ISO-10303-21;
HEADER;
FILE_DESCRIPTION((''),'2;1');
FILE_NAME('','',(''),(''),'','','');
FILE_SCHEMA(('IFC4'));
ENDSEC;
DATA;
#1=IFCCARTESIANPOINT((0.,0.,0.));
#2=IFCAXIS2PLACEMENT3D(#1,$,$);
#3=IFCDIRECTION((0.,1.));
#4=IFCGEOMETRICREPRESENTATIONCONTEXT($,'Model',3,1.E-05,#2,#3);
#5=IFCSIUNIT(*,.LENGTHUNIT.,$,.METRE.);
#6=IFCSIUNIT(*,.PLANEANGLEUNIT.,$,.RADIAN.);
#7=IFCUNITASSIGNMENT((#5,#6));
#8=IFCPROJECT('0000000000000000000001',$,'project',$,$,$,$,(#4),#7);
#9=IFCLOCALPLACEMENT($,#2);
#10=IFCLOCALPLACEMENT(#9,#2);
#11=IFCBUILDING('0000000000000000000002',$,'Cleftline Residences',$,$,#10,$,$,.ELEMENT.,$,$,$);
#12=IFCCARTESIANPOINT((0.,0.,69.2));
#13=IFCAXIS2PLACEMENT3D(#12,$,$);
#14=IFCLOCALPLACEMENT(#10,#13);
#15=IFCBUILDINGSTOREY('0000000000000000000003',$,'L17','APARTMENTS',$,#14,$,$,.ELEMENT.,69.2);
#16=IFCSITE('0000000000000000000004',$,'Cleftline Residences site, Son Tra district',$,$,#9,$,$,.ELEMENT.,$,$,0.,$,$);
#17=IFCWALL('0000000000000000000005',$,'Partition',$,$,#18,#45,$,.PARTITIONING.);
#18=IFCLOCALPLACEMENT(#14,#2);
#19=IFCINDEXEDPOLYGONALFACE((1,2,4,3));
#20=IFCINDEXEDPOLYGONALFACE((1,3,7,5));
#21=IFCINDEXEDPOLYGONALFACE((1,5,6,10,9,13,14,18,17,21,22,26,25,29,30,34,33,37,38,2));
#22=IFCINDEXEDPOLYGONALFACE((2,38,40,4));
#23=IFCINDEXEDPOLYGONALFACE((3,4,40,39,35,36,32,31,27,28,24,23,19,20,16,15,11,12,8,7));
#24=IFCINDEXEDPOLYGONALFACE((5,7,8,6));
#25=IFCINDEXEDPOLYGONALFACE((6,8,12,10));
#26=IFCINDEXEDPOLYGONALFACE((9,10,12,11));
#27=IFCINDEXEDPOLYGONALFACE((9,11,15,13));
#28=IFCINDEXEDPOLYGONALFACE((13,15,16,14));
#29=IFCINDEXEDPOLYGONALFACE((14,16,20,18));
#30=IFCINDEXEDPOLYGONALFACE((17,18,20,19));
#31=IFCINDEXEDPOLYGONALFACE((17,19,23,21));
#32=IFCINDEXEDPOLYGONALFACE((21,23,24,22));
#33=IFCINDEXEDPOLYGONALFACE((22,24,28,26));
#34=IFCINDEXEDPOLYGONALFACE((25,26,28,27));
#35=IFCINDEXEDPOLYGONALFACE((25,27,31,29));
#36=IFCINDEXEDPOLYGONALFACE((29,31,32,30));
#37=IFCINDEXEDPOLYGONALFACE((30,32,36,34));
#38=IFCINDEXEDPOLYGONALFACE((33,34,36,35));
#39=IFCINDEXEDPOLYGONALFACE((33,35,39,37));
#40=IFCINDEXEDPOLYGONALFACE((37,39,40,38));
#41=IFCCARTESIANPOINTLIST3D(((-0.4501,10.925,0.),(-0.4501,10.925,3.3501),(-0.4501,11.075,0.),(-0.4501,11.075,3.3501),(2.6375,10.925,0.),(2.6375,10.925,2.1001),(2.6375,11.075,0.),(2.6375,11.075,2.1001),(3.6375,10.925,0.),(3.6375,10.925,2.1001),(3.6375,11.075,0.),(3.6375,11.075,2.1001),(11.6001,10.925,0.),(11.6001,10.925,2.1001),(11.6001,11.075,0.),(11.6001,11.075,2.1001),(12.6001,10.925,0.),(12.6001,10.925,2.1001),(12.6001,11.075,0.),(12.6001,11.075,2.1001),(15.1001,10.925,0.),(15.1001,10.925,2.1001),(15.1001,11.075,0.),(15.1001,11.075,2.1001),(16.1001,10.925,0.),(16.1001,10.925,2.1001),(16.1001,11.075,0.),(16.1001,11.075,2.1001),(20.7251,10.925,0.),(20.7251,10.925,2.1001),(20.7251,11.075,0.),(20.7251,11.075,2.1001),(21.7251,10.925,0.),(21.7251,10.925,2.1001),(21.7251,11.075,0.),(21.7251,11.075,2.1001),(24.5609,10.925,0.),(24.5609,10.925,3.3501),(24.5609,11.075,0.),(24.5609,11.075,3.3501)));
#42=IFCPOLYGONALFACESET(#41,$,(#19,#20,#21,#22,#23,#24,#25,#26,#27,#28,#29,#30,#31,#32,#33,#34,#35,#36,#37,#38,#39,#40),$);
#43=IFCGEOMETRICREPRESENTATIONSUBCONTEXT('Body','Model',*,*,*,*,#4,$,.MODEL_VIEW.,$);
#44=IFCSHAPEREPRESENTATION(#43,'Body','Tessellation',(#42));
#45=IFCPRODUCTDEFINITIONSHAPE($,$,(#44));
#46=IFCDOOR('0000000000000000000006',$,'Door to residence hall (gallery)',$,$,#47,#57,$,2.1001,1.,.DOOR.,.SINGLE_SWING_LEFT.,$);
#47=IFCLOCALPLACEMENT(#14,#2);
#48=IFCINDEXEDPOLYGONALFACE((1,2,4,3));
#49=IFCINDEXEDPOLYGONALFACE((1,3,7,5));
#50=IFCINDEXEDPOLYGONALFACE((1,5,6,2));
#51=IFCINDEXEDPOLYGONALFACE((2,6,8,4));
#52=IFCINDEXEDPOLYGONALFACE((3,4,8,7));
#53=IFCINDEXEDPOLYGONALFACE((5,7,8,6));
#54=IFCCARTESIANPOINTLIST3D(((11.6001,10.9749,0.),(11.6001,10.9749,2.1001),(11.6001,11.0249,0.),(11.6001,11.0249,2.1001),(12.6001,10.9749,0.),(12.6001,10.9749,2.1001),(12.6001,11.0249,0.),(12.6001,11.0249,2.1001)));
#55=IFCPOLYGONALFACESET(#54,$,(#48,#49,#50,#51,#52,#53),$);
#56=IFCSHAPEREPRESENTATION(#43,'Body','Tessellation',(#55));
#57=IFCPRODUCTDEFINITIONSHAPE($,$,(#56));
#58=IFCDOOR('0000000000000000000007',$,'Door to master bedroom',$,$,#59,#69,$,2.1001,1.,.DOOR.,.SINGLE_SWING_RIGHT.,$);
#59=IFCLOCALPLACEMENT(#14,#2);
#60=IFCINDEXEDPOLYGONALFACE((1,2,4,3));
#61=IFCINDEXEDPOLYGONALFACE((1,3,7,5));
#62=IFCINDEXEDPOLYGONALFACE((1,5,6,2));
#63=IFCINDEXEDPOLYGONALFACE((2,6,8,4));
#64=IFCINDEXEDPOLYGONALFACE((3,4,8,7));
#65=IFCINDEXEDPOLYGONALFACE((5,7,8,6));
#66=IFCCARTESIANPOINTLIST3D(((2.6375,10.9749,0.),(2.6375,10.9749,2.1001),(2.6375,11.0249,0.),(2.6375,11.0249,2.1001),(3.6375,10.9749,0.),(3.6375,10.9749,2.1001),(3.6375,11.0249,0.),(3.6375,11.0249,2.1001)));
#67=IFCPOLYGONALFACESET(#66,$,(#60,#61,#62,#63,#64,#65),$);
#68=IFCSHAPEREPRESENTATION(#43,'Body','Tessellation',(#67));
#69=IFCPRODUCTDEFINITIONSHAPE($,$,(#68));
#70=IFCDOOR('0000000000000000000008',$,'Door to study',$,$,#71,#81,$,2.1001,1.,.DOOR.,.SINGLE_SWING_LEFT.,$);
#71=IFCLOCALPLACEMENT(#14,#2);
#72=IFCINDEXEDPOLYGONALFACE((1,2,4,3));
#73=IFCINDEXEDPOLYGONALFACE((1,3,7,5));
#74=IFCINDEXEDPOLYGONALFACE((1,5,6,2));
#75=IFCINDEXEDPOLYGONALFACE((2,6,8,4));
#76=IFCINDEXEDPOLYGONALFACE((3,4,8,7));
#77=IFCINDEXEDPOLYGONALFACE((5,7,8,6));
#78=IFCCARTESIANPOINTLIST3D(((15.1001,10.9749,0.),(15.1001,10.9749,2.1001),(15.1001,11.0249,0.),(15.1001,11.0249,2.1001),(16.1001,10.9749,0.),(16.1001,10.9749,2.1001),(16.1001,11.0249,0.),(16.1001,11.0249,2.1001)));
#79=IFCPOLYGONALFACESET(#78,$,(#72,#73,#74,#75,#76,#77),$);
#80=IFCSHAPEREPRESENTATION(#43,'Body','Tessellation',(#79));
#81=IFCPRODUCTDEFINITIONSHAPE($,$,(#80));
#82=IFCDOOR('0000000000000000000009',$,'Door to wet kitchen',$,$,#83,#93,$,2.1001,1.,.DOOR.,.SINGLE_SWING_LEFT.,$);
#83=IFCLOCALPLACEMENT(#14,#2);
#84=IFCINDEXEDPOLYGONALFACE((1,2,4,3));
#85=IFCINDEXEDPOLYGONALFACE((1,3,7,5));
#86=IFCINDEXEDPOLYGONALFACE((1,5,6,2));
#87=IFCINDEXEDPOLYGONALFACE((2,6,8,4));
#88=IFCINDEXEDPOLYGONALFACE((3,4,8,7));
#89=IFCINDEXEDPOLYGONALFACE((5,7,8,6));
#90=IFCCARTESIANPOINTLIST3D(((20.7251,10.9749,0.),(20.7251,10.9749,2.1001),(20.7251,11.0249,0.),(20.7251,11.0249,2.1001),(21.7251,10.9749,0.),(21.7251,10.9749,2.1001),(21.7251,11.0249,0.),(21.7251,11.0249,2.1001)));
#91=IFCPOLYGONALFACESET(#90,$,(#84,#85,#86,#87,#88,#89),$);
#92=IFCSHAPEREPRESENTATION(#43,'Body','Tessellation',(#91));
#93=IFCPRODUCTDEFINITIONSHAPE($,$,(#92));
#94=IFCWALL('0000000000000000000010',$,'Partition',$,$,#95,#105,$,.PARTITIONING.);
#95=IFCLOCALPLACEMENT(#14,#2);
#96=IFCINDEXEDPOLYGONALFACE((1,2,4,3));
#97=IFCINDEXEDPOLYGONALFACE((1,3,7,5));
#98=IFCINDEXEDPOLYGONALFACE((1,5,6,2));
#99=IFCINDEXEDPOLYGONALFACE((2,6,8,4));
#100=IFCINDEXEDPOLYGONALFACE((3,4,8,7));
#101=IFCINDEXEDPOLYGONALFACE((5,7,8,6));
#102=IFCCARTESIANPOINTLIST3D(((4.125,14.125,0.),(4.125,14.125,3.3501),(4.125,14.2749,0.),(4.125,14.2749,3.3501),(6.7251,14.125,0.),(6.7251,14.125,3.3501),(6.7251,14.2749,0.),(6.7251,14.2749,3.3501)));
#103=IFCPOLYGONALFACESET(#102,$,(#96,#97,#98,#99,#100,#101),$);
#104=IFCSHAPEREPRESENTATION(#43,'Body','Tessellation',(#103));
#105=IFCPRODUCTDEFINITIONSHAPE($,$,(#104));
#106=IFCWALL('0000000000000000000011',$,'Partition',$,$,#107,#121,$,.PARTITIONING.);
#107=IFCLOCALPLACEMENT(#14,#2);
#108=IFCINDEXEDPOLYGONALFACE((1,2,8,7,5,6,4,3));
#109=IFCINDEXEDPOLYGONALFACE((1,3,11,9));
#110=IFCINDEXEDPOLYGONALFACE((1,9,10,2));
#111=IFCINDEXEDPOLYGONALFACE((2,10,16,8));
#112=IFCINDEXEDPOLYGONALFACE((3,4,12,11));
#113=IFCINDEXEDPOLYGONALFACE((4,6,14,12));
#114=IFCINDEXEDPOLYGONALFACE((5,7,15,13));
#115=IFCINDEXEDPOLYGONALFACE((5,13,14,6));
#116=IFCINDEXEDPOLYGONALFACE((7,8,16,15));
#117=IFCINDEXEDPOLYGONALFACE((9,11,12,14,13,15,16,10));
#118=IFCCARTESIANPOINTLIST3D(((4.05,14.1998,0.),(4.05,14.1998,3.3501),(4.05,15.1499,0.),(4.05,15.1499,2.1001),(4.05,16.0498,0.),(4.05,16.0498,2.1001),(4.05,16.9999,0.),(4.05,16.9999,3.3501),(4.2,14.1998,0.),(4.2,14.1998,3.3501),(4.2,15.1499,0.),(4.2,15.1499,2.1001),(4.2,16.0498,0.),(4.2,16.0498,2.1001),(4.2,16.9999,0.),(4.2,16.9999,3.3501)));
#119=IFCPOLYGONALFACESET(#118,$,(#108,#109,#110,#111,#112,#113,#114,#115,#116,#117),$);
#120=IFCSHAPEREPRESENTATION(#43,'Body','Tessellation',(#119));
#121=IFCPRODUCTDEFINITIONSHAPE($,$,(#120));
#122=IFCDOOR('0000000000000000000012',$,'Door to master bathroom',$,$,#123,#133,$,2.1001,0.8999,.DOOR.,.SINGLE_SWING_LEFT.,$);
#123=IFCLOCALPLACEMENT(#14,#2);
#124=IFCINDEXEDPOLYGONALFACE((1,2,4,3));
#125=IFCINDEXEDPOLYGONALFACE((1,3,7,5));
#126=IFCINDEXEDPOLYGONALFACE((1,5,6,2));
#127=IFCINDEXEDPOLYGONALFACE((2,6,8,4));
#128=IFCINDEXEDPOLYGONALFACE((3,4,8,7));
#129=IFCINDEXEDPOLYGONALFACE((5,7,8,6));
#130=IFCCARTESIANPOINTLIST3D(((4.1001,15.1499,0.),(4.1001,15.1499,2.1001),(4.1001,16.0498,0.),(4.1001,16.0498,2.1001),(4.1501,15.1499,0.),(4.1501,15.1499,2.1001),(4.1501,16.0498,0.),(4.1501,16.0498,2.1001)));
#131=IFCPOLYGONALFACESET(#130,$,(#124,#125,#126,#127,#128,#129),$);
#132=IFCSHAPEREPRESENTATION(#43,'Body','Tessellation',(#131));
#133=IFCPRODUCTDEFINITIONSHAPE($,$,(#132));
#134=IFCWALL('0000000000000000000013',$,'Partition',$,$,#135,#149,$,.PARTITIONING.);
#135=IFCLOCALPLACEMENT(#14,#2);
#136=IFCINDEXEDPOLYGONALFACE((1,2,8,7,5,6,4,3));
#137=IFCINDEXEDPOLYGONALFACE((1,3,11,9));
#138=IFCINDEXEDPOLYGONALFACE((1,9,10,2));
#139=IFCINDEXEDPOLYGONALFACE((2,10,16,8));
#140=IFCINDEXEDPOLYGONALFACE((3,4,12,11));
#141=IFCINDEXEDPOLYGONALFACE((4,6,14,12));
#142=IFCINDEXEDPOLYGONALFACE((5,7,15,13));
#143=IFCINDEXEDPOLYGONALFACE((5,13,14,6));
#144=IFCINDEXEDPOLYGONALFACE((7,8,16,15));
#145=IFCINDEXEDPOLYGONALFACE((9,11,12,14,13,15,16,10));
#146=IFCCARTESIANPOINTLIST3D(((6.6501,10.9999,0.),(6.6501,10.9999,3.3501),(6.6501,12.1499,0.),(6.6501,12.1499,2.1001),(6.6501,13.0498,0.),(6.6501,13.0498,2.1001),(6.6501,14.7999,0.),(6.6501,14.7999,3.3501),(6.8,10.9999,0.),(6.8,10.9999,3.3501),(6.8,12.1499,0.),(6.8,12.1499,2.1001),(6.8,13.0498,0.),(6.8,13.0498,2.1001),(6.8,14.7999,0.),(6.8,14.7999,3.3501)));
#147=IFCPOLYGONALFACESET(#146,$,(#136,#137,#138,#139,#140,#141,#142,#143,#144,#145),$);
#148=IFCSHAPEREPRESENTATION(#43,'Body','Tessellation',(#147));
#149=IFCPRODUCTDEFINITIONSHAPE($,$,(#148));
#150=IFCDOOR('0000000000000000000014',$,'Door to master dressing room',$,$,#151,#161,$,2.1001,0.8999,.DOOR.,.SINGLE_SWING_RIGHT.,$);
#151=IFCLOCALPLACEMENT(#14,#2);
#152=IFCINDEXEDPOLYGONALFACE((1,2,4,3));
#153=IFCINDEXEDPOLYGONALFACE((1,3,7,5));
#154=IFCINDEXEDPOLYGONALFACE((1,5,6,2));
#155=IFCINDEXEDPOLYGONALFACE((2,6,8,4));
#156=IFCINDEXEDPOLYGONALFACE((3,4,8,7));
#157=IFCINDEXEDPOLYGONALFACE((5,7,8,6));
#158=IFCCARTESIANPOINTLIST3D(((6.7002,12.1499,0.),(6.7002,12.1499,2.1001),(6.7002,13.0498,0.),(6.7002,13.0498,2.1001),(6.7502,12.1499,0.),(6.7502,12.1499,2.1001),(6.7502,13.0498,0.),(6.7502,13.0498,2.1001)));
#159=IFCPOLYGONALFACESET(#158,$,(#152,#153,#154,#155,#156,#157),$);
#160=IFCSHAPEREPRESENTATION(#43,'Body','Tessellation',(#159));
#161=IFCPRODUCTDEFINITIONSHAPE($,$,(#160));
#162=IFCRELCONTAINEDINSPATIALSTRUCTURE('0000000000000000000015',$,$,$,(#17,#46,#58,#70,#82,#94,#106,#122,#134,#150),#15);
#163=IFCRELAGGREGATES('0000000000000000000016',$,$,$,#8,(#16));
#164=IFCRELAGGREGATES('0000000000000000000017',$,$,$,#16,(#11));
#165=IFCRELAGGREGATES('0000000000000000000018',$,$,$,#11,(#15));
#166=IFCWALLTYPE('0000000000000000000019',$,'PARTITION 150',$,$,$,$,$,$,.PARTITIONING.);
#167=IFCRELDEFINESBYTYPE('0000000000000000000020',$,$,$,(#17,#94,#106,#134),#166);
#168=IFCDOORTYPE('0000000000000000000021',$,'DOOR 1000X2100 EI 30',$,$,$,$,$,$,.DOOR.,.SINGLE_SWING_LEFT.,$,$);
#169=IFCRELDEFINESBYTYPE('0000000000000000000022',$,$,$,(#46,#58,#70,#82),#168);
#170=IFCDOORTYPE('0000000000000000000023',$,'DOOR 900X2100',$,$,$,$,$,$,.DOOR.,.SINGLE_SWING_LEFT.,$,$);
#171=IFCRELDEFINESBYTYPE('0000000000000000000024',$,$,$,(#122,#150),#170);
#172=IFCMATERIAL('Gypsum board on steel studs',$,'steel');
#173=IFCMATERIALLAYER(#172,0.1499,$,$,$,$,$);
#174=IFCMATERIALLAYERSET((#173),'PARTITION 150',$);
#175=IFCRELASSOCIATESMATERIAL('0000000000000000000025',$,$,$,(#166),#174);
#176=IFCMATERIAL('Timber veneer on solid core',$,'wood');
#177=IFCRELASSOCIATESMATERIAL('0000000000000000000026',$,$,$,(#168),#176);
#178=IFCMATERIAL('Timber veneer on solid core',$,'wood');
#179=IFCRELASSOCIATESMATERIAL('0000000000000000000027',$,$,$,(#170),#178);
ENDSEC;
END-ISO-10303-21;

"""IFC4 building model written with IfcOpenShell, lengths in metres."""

from ifc_helpers import new_model, si_unit, direction, frame, frame_2d, origin, place, context, subcontext, project, spatial, rectangle, extrude, material, layer, layer_set, type_object, element, fill, save


model = new_model("IFC4")

# Units and contexts
model_context = context("Model", 3, precision=1e-05, world=origin(), true_north=direction((0.0, 1.0)))
body_context = subcontext(model_context, "Body", "Model", "MODEL_VIEW")
ifc_project = project(units=[si_unit("LENGTHUNIT", "METRE"), si_unit("PLANEANGLEUNIT", "RADIAN")], contexts=[model_context])

# Site, building, storey
site_placement = place(None, origin())
site = spatial("IfcSite", under=ifc_project, at=site_placement, Name="Cleftline Residences site, Son Tra district", CompositionType="ELEMENT", RefElevation=0.0)
building_placement = place(site_placement, origin())
building = spatial("IfcBuilding", under=site, at=building_placement, Name="Cleftline Residences", CompositionType="ELEMENT")
storey_placement = place(building_placement, frame((0.0, 0.0, 69.2)))
storey = spatial("IfcBuildingStorey", under=building, at=storey_placement, Name="L17", Description="APARTMENTS", CompositionType="ELEMENT", Elevation=69.2)

# Shared definitions
ifc_material_1 = material(Name="Gypsum board on steel studs", Category="steel")
ifc_layer = layer(ifc_material_1, 0.1499)
ifc_layer_set = layer_set([ifc_layer], Name="PARTITION 150")
wall_type = type_object("IfcWallType", Name="PARTITION 150", PredefinedType="PARTITIONING", material=ifc_layer_set)

# Wall, openings, doors
wall_1_placement = place(storey_placement, frame((-0.45, 11.0, 0.0), z_axis=(0.0, 0.0, 1.0), x_axis=(1.0, 0.0, 0.0)))
wall_1 = element("IfcWall", 1, at=wall_1_placement, inside=storey, type_object=wall_type, Name="Partition", PredefinedType="PARTITIONING", context=body_context, shape_type="SweptSolid", body=[
    extrude(rectangle(XDim=25.011, YDim=0.1499, at=frame_2d((12.5054, 0.0))), origin(), (0.0, 0.0, 1.0), 3.3501),
])
opening_1_placement = place(wall_1_placement, frame((12.05, 0.0, 0.0)))
opening_1 = element("IfcOpeningElement", 2, at=opening_1_placement, cuts=wall_1, PredefinedType="OPENING", context=body_context, shape_type="SweptSolid", body=[
    extrude(rectangle(XDim=1.0, YDim=2.1001, at=frame_2d((0.5, 1.05))), frame((0.0, 0.085, 0.0), z_axis=(0.0, -1.0, 0.0), x_axis=(1.0, 0.0, 0.0)), (0.0, 0.0, 1.0), 0.1699),
])
opening_2_placement = place(wall_1_placement, frame((3.0874, 0.0, 0.0)))
opening_2 = element("IfcOpeningElement", 3, at=opening_2_placement, cuts=wall_1, PredefinedType="OPENING", context=body_context, shape_type="SweptSolid", body=[
    extrude(rectangle(XDim=1.0, YDim=2.1001, at=frame_2d((0.5, 1.05))), frame((0.0, 0.085, 0.0), z_axis=(0.0, -1.0, 0.0), x_axis=(1.0, 0.0, 0.0)), (0.0, 0.0, 1.0), 0.1699),
])
opening_3_placement = place(wall_1_placement, frame((15.55, 0.0, 0.0)))
opening_3 = element("IfcOpeningElement", 4, at=opening_3_placement, cuts=wall_1, PredefinedType="OPENING", context=body_context, shape_type="SweptSolid", body=[
    extrude(rectangle(XDim=1.0, YDim=2.1001, at=frame_2d((0.5, 1.05))), frame((0.0, 0.085, 0.0), z_axis=(0.0, -1.0, 0.0), x_axis=(1.0, 0.0, 0.0)), (0.0, 0.0, 1.0), 0.1699),
])
opening_4_placement = place(wall_1_placement, frame((21.175, 0.0, 0.0)))
opening_4 = element("IfcOpeningElement", 5, at=opening_4_placement, cuts=wall_1, PredefinedType="OPENING", context=body_context, shape_type="SweptSolid", body=[
    extrude(rectangle(XDim=1.0, YDim=2.1001, at=frame_2d((0.5, 1.05))), frame((0.0, 0.085, 0.0), z_axis=(0.0, -1.0, 0.0), x_axis=(1.0, 0.0, 0.0)), (0.0, 0.0, 1.0), 0.1699),
])
ifc_material_2 = material(Name="Timber veneer on solid core", Category="wood")
door_type_1 = type_object("IfcDoorType", Name="DOOR 1000X2100 EI 30", OperationType="SINGLE_SWING_LEFT", PredefinedType="DOOR", material=ifc_material_2)
door_1_placement = place(opening_1_placement, origin())
door_1 = element("IfcDoor", 6, at=door_1_placement, inside=storey, type_object=door_type_1, Name="Door to residence hall (gallery)", OperationType="SINGLE_SWING_LEFT", OverallHeight=2.1001, OverallWidth=1.0, PredefinedType="DOOR", context=body_context, shape_type="SweptSolid", body=[
    extrude(rectangle(XDim=1.0, YDim=2.1001, at=frame_2d((0.5, 1.05))), frame((0.0, 0.0249, 0.0), z_axis=(0.0, -1.0, 0.0), x_axis=(1.0, 0.0, 0.0)), (0.0, 0.0, 1.0), 0.05),
])
fill(opening_1, door_1)
door_2_placement = place(opening_2_placement, origin())
door_2 = element("IfcDoor", 7, at=door_2_placement, inside=storey, type_object=door_type_1, Name="Door to master bedroom", OperationType="SINGLE_SWING_RIGHT", OverallHeight=2.1001, OverallWidth=1.0, PredefinedType="DOOR", context=body_context, shape_type="SweptSolid", body=[
    extrude(rectangle(XDim=1.0, YDim=2.1001, at=frame_2d((0.5, 1.05))), frame((0.0, 0.0249, 0.0), z_axis=(0.0, -1.0, 0.0), x_axis=(1.0, 0.0, 0.0)), (0.0, 0.0, 1.0), 0.05),
])
fill(opening_2, door_2)
door_3_placement = place(opening_3_placement, origin())
door_3 = element("IfcDoor", 8, at=door_3_placement, inside=storey, type_object=door_type_1, Name="Door to study", OperationType="SINGLE_SWING_LEFT", OverallHeight=2.1001, OverallWidth=1.0, PredefinedType="DOOR", context=body_context, shape_type="SweptSolid", body=[
    extrude(rectangle(XDim=1.0, YDim=2.1001, at=frame_2d((0.5, 1.05))), frame((0.0, 0.0249, 0.0), z_axis=(0.0, -1.0, 0.0), x_axis=(1.0, 0.0, 0.0)), (0.0, 0.0, 1.0), 0.05),
])
fill(opening_3, door_3)
door_4_placement = place(opening_4_placement, origin())
door_4 = element("IfcDoor", 9, at=door_4_placement, inside=storey, type_object=door_type_1, Name="Door to wet kitchen", OperationType="SINGLE_SWING_LEFT", OverallHeight=2.1001, OverallWidth=1.0, PredefinedType="DOOR", context=body_context, shape_type="SweptSolid", body=[
    extrude(rectangle(XDim=1.0, YDim=2.1001, at=frame_2d((0.5, 1.05))), frame((0.0, 0.0249, 0.0), z_axis=(0.0, -1.0, 0.0), x_axis=(1.0, 0.0, 0.0)), (0.0, 0.0, 1.0), 0.05),
])
fill(opening_4, door_4)

# Wall
wall_2_placement = place(storey_placement, frame((4.125, 14.2, 0.0), z_axis=(0.0, 0.0, 1.0), x_axis=(1.0, 0.0, 0.0)))
element("IfcWall", 10, at=wall_2_placement, inside=storey, type_object=wall_type, Name="Partition", PredefinedType="PARTITIONING", context=body_context, shape_type="SweptSolid", body=[
    extrude(rectangle(XDim=2.6001, YDim=0.1499, at=frame_2d((1.3, 0.0))), origin(), (0.0, 0.0, 1.0), 3.3501),
])

# Walls, openings, doors
wall_3_placement = place(storey_placement, frame((4.125, 14.2, 0.0), z_axis=(0.0, 0.0, 1.0), x_axis=(0.0, 1.0, 0.0)))
wall_3 = element("IfcWall", 11, at=wall_3_placement, inside=storey, type_object=wall_type, Name="Partition", PredefinedType="PARTITIONING", context=body_context, shape_type="SweptSolid", body=[
    extrude(rectangle(XDim=2.8, YDim=0.1499, at=frame_2d((1.3999, 0.0))), origin(), (0.0, 0.0, 1.0), 3.3501),
])
opening_5_placement = place(wall_3_placement, frame((0.95, 0.0, 0.0)))
opening_5 = element("IfcOpeningElement", 12, at=opening_5_placement, cuts=wall_3, PredefinedType="OPENING", context=body_context, shape_type="SweptSolid", body=[
    extrude(rectangle(XDim=0.8999, YDim=2.1001, at=frame_2d((0.45, 1.05))), frame((0.0, 0.085, 0.0), z_axis=(0.0, -1.0, 0.0), x_axis=(1.0, 0.0, 0.0)), (0.0, 0.0, 1.0), 0.1699),
])
ifc_material_3 = material(Name="Timber veneer on solid core", Category="wood")
door_type_2 = type_object("IfcDoorType", Name="DOOR 900X2100", OperationType="SINGLE_SWING_LEFT", PredefinedType="DOOR", material=ifc_material_3)
door_5_placement = place(opening_5_placement, origin())
door_5 = element("IfcDoor", 13, at=door_5_placement, inside=storey, type_object=door_type_2, Name="Door to master bathroom", OperationType="SINGLE_SWING_LEFT", OverallHeight=2.1001, OverallWidth=0.8999, PredefinedType="DOOR", context=body_context, shape_type="SweptSolid", body=[
    extrude(rectangle(XDim=0.8999, YDim=2.1001, at=frame_2d((0.45, 1.05))), frame((0.0, 0.0249, 0.0), z_axis=(0.0, -1.0, 0.0), x_axis=(1.0, 0.0, 0.0)), (0.0, 0.0, 1.0), 0.05),
])
fill(opening_5, door_5)
wall_4_placement = place(storey_placement, frame((6.7251, 11.0, 0.0), z_axis=(0.0, 0.0, 1.0), x_axis=(0.0, 1.0, 0.0)))
wall_4 = element("IfcWall", 14, at=wall_4_placement, inside=storey, type_object=wall_type, Name="Partition", PredefinedType="PARTITIONING", context=body_context, shape_type="SweptSolid", body=[
    extrude(rectangle(XDim=3.8, YDim=0.1499, at=frame_2d((1.8999, 0.0))), origin(), (0.0, 0.0, 1.0), 3.3501),
])
opening_6_placement = place(wall_4_placement, frame((1.1499, 0.0, 0.0)))
opening_6 = element("IfcOpeningElement", 15, at=opening_6_placement, cuts=wall_4, PredefinedType="OPENING", context=body_context, shape_type="SweptSolid", body=[
    extrude(rectangle(XDim=0.8999, YDim=2.1001, at=frame_2d((0.45, 1.05))), frame((0.0, 0.085, 0.0), z_axis=(0.0, -1.0, 0.0), x_axis=(1.0, 0.0, 0.0)), (0.0, 0.0, 1.0), 0.1699),
])
door_6_placement = place(opening_6_placement, origin())
door_6 = element("IfcDoor", 16, at=door_6_placement, inside=storey, type_object=door_type_2, Name="Door to master dressing room", OperationType="SINGLE_SWING_RIGHT", OverallHeight=2.1001, OverallWidth=0.8999, PredefinedType="DOOR", context=body_context, shape_type="SweptSolid", body=[
    extrude(rectangle(XDim=0.8999, YDim=2.1001, at=frame_2d((0.45, 1.05))), frame((0.0, 0.0249, 0.0), z_axis=(0.0, -1.0, 0.0), x_axis=(1.0, 0.0, 0.0)), (0.0, 0.0, 1.0), 0.05),
])
fill(opening_6, door_6)

save(model, "model.ifc")
